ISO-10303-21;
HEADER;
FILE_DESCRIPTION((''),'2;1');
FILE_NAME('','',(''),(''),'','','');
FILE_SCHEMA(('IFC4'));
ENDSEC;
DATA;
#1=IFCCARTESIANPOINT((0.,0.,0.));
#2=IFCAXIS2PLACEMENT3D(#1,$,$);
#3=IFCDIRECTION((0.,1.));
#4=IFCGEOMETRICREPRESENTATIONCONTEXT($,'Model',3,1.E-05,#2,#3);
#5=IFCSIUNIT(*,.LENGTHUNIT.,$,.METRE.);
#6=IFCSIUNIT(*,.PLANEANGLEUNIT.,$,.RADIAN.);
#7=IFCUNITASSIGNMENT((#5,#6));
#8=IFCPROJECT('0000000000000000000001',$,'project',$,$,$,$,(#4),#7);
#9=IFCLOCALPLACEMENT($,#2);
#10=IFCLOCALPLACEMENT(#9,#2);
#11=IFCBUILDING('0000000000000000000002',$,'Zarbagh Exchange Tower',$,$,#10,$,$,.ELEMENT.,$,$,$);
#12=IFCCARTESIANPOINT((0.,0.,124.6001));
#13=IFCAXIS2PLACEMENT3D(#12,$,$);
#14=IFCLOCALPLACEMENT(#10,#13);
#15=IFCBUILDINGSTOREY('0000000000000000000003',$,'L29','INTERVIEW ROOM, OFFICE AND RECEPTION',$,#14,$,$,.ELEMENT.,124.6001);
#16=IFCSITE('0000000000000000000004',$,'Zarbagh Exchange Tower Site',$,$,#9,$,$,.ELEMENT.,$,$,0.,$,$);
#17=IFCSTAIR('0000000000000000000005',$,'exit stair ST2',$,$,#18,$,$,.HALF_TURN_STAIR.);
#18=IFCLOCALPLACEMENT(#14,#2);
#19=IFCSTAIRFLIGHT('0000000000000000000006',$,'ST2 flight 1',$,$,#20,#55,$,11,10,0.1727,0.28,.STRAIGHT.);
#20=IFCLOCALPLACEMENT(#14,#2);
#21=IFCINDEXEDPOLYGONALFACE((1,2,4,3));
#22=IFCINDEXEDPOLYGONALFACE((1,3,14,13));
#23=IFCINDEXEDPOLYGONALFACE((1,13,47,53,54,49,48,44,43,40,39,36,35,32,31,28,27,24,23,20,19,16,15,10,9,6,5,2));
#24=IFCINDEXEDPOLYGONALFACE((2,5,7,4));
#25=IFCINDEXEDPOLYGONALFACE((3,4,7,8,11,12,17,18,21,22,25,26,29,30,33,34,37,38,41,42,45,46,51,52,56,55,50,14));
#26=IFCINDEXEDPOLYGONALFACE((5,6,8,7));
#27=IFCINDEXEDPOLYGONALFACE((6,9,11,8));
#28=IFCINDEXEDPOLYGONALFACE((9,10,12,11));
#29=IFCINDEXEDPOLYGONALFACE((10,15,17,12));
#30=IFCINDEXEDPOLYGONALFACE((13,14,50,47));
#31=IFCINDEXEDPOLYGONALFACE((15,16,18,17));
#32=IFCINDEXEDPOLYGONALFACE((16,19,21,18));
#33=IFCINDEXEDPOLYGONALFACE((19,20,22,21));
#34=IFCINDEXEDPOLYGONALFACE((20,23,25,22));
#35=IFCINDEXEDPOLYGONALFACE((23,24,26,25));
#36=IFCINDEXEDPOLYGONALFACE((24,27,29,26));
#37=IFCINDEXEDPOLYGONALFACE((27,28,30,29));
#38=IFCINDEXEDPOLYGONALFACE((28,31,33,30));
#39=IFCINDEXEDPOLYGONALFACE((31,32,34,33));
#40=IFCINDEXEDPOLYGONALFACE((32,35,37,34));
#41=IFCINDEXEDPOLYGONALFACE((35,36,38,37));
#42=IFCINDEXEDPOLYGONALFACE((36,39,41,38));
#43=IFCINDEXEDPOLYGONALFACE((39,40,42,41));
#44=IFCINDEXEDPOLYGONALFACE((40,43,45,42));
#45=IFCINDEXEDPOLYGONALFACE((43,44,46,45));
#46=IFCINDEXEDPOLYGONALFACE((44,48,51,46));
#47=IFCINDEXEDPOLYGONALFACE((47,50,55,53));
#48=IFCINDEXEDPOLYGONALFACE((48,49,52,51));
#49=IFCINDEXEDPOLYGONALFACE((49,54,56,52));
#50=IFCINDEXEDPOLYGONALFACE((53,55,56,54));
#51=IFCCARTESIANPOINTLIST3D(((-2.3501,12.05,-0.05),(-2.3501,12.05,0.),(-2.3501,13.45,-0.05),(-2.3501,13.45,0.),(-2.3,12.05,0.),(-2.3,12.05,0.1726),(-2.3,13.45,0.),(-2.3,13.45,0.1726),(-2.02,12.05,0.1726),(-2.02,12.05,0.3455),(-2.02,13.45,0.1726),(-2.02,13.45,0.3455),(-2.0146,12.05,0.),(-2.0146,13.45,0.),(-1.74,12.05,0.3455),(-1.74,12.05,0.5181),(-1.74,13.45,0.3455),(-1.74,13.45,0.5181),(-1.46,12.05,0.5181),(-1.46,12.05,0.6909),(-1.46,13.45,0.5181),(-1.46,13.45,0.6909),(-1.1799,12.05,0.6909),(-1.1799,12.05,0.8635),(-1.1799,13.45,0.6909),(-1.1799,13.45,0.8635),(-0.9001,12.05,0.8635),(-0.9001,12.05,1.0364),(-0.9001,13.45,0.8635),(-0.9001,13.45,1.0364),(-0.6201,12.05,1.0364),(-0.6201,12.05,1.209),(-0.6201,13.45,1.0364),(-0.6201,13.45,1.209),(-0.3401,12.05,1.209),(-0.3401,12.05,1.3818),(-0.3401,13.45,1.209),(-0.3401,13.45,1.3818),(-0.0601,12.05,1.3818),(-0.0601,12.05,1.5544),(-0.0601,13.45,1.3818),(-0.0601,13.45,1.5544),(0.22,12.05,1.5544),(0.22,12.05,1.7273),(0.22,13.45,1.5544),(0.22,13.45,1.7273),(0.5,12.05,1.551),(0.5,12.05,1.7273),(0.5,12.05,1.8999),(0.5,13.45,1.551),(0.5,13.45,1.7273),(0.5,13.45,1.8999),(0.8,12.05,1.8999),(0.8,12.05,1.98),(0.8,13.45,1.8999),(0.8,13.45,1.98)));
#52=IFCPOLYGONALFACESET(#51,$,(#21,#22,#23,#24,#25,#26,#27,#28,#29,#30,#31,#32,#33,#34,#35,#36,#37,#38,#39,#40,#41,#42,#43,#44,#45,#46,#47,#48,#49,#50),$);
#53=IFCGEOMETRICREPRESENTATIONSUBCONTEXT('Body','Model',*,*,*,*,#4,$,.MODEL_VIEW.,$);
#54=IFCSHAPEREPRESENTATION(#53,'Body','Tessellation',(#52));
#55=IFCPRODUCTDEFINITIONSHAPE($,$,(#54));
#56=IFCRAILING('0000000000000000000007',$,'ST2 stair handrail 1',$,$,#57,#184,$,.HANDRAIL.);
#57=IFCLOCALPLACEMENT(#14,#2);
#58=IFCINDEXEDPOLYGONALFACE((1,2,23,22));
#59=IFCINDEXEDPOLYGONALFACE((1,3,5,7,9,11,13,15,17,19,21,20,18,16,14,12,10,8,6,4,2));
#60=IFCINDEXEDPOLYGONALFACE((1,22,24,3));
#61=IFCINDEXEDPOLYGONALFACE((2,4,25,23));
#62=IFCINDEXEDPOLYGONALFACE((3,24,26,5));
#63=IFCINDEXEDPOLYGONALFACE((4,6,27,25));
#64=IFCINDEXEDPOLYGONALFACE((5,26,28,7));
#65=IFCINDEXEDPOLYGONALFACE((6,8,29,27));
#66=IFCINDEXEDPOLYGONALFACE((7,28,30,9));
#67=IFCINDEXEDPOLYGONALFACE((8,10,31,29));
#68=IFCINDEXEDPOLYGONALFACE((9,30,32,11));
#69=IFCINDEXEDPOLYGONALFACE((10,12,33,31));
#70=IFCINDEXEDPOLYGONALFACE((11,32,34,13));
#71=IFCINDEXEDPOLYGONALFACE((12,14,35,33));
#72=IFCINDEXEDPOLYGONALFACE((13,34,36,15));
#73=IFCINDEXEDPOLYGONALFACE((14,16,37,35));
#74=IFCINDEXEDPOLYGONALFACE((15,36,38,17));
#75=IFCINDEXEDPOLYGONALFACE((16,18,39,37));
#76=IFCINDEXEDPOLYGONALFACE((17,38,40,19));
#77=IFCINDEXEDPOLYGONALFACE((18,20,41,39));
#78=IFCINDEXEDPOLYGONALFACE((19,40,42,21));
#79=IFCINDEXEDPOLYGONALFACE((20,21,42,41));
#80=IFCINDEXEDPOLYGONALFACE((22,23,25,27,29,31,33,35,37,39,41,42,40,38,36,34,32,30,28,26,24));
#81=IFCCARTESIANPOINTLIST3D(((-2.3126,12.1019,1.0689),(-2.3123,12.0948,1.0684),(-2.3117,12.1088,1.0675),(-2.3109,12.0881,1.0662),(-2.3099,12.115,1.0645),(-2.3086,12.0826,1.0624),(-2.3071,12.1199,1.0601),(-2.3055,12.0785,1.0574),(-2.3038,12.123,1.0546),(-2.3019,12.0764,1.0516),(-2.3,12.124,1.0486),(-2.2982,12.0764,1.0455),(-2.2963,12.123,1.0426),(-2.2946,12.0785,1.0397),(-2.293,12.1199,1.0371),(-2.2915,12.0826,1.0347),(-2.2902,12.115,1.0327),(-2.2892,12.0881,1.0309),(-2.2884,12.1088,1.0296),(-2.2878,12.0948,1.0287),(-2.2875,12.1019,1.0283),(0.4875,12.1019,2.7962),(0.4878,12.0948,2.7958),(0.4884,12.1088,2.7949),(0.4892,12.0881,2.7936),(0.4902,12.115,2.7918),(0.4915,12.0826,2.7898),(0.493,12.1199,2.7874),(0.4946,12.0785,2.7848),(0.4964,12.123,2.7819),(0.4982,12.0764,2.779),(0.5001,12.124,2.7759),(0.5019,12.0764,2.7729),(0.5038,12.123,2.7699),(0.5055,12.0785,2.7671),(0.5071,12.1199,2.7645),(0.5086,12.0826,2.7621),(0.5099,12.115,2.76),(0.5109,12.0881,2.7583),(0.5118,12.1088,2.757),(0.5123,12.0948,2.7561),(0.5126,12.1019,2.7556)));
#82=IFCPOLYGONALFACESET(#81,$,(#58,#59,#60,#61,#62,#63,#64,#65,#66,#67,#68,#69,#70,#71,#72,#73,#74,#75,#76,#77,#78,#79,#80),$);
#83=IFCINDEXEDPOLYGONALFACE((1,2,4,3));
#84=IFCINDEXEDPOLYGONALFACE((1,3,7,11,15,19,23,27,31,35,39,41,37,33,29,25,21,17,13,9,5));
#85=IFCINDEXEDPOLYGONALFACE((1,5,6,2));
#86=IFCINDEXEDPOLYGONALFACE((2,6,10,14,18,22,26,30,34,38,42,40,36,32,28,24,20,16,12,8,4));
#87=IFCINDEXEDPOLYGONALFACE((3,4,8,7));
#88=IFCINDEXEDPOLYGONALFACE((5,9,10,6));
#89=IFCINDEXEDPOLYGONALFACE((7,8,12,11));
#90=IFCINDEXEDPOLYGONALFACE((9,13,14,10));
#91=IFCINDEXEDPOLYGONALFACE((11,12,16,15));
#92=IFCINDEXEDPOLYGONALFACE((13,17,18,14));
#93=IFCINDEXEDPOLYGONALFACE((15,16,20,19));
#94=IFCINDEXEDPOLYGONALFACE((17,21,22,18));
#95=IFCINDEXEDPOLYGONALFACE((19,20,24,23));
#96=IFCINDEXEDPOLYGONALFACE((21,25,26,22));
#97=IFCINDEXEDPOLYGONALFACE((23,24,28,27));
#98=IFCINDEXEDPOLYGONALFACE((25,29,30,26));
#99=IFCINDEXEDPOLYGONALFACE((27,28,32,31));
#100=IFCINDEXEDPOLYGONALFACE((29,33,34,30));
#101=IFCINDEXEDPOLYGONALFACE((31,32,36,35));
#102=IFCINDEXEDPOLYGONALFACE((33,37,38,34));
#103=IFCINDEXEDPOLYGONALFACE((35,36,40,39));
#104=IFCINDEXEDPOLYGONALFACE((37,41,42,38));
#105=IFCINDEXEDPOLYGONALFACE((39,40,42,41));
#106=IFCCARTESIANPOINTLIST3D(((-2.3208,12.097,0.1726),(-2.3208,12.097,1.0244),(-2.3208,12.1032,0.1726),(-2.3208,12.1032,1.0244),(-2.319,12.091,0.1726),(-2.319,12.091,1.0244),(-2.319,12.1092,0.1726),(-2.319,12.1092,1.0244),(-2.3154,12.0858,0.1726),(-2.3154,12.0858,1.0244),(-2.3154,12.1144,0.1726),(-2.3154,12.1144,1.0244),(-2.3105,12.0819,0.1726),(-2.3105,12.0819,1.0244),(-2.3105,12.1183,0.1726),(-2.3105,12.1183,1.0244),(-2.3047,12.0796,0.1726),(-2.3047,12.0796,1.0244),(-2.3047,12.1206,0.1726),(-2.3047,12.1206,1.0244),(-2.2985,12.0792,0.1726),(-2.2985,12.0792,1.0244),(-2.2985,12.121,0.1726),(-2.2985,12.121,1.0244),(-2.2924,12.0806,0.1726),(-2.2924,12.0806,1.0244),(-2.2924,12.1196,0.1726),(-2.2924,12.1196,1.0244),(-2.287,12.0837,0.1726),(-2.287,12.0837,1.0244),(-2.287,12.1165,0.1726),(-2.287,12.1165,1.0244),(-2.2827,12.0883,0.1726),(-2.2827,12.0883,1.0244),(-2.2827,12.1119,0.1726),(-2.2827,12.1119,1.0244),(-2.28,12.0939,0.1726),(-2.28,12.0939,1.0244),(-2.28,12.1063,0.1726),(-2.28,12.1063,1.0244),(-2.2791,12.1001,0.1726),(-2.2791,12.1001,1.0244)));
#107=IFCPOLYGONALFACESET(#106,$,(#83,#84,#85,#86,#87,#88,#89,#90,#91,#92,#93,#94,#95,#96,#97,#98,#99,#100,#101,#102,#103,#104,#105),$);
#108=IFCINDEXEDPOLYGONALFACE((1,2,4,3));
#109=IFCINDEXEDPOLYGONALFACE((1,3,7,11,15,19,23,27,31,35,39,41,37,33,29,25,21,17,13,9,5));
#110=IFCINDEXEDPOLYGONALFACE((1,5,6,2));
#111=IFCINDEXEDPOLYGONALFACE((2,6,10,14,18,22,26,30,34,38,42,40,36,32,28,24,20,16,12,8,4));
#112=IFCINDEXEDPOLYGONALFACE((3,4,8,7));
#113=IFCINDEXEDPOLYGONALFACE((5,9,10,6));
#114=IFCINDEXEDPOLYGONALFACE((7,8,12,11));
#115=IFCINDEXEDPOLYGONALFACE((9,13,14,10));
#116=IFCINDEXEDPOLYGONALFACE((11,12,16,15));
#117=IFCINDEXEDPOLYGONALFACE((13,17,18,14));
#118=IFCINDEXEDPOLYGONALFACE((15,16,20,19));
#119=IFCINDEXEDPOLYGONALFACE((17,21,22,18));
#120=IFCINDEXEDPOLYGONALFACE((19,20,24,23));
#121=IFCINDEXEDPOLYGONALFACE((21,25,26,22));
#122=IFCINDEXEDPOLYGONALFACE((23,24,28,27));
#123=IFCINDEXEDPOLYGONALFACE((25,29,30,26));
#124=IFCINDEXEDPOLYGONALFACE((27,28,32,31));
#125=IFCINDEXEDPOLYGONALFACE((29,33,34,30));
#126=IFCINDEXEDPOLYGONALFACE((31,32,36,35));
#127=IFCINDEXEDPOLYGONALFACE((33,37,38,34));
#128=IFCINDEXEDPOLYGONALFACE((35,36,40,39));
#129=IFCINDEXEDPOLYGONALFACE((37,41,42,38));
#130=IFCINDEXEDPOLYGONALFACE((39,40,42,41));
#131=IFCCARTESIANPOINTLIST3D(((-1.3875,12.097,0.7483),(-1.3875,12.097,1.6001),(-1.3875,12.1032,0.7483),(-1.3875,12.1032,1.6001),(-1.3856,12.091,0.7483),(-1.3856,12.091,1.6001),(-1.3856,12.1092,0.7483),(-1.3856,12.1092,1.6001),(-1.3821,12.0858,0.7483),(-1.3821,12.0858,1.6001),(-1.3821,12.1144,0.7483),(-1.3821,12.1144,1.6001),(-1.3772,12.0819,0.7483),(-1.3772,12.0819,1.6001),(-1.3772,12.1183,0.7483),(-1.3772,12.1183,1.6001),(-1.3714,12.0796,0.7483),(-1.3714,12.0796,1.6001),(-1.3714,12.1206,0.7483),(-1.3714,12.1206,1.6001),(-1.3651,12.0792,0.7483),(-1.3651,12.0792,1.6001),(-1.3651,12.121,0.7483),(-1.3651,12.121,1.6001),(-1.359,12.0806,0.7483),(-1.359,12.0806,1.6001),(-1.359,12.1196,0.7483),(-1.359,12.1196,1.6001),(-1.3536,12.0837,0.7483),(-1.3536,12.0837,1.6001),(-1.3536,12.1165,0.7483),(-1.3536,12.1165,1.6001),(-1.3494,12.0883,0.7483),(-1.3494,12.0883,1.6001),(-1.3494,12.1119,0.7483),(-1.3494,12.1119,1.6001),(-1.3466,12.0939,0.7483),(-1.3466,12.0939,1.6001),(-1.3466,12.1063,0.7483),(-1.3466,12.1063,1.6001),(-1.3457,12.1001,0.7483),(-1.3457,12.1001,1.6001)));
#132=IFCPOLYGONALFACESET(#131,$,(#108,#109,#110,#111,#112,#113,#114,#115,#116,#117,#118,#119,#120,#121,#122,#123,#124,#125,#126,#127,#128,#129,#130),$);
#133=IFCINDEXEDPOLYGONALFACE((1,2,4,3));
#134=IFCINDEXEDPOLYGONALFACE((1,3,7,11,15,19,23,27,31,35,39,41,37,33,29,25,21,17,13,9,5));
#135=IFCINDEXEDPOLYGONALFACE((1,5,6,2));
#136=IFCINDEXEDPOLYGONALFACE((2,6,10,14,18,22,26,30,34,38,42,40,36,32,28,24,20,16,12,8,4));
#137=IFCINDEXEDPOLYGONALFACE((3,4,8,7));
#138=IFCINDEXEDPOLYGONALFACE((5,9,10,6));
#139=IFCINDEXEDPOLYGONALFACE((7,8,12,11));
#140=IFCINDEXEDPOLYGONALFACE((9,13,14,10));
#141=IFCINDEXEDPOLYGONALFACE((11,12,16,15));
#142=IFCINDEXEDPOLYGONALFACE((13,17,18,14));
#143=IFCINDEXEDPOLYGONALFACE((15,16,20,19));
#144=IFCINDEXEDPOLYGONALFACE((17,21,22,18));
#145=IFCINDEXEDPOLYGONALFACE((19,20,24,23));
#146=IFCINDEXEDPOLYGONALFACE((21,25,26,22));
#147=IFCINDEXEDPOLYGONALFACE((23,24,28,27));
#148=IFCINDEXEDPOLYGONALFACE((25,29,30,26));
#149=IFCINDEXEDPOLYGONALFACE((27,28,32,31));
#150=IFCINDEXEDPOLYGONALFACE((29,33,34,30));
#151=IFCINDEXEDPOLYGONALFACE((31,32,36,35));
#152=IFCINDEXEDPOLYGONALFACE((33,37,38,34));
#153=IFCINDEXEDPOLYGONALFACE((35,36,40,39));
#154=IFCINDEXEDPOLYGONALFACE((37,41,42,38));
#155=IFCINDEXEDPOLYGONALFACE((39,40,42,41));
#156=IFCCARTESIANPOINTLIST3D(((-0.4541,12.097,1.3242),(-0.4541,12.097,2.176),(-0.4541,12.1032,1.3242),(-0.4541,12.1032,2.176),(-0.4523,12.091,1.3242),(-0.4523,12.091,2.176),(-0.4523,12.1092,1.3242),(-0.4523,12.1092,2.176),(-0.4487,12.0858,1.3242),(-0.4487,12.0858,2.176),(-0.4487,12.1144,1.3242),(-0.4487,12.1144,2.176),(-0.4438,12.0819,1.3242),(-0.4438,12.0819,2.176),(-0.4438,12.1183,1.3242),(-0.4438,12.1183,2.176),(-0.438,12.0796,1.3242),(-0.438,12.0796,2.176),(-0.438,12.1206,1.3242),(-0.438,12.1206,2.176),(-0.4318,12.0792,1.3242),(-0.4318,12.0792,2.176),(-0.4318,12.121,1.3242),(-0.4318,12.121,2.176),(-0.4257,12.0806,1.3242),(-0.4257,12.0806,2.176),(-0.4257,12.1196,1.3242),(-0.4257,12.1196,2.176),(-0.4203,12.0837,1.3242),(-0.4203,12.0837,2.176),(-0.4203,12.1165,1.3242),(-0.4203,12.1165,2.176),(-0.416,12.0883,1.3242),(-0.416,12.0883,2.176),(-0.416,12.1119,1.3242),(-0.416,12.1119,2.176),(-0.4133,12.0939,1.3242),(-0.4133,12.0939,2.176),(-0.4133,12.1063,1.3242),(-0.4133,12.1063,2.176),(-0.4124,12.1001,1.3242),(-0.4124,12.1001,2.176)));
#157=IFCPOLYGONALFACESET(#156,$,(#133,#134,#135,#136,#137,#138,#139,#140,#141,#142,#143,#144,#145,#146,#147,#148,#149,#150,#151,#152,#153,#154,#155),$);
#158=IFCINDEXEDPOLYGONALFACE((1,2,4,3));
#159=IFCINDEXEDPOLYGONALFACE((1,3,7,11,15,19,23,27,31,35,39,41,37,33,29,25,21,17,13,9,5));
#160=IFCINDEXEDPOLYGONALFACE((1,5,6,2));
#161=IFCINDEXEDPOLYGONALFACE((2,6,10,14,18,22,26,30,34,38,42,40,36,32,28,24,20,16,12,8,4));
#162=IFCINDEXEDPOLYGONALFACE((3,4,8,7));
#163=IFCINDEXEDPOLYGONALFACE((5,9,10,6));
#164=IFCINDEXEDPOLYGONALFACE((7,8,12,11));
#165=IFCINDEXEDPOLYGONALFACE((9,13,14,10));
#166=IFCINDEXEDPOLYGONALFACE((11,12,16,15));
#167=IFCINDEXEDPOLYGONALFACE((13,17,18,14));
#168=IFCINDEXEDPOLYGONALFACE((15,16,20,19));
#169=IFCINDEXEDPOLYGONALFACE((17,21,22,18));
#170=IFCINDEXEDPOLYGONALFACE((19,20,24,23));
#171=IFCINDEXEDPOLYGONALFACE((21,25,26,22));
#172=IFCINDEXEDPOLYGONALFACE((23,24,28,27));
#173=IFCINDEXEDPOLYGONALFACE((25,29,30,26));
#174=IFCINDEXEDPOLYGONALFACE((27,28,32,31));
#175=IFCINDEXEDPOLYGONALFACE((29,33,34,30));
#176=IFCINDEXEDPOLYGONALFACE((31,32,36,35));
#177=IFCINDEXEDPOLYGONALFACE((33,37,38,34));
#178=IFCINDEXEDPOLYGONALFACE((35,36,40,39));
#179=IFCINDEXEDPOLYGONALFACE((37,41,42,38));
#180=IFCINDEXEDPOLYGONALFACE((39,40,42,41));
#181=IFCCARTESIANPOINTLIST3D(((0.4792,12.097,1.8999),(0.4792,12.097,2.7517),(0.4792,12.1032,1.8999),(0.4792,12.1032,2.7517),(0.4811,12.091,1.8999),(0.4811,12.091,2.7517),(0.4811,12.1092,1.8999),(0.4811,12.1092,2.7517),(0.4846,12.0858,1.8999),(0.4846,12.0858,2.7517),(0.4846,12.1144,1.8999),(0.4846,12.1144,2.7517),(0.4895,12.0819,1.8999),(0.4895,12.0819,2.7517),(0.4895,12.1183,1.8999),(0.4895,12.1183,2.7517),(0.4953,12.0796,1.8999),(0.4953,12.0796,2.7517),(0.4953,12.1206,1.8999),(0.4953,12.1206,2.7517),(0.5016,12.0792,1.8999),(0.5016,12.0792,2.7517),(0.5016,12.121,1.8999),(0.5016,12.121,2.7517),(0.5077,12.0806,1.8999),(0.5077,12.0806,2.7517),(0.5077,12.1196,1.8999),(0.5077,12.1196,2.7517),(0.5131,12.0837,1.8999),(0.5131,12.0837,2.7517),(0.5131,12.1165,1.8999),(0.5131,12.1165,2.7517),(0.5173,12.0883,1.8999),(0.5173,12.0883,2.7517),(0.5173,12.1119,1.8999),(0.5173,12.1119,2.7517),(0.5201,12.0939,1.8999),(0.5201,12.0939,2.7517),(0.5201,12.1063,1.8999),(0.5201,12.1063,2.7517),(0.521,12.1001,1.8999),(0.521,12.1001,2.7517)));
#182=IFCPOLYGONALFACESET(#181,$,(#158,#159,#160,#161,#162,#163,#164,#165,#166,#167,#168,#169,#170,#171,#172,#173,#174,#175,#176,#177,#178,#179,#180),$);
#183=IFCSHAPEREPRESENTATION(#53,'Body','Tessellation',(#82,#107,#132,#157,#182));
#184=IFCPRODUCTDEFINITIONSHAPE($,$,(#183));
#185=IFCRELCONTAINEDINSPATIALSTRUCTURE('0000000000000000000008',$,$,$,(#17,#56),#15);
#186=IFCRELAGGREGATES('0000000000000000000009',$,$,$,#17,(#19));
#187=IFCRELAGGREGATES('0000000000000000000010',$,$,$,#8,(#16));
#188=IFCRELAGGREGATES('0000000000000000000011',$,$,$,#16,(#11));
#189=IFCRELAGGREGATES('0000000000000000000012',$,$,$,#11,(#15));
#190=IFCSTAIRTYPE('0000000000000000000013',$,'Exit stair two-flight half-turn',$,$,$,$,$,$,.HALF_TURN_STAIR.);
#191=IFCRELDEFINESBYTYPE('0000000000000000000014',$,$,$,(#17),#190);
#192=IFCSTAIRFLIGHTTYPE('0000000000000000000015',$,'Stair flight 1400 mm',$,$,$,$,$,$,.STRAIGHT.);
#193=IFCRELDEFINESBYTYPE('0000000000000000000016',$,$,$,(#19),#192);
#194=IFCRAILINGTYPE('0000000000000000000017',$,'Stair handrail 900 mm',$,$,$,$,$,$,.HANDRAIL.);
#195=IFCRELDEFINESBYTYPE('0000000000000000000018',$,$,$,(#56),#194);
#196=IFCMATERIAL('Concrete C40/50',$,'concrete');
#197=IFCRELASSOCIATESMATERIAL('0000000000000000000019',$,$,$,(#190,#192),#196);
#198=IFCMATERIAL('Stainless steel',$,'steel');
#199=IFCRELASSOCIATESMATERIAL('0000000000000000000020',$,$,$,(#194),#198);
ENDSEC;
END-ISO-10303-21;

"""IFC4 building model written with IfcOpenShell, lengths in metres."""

from ifc_helpers import new_model, si_unit, direction, frame, origin, origin_2d, place, context, subcontext, project, spatial, polyline, circle, outline, extrude, material, type_object, element, aggregate, save


model = new_model("IFC4")

# Units and contexts
model_context = context("Model", 3, precision=1e-05, world=origin(), true_north=direction((0.0, 1.0)))
body_context = subcontext(model_context, "Body", "Model", "MODEL_VIEW")
ifc_project = project(units=[si_unit("LENGTHUNIT", "METRE"), si_unit("PLANEANGLEUNIT", "RADIAN")], contexts=[model_context])

# Site, building, storey
site_placement = place(None, origin())
site = spatial("IfcSite", under=ifc_project, at=site_placement, Name="Zarbagh Exchange Tower Site", CompositionType="ELEMENT", RefElevation=0.0)
building_placement = place(site_placement, origin())
building = spatial("IfcBuilding", under=site, at=building_placement, Name="Zarbagh Exchange Tower", CompositionType="ELEMENT")
storey_placement = place(building_placement, frame((0.0, 0.0, 124.6001)))
storey = spatial("IfcBuildingStorey", under=building, at=storey_placement, Name="L29", Description="INTERVIEW ROOM, OFFICE AND RECEPTION", CompositionType="ELEMENT", Elevation=124.6001)

# Shared definitions
ifc_material_1 = material(Name="Concrete C40/50", Category="concrete")

# Stair, stair flight
stair_type = type_object("IfcStairType", Name="Exit stair two-flight half-turn", PredefinedType="HALF_TURN_STAIR", material=ifc_material_1)
stair_placement = place(storey_placement, origin())
stair = element("IfcStair", 1, at=stair_placement, inside=storey, type_object=stair_type, Name="exit stair ST2", PredefinedType="HALF_TURN_STAIR")
stair_flight_type = type_object("IfcStairFlightType", Name="Stair flight 1400 mm", PredefinedType="STRAIGHT", material=ifc_material_1)
stair_flight_placement = place(storey_placement, frame((-2.3, 12.75, 0.0), z_axis=(0.0, 0.0, 1.0), x_axis=(1.0, 0.0, 0.0)))
stair_flight = element("IfcStairFlight", 2, at=stair_flight_placement, type_object=stair_flight_type, Name="ST2 flight 1", NumberOfRisers=11, NumberOfTreads=10, PredefinedType="STRAIGHT", RiserHeight=0.1727, TreadLength=0.28, context=body_context, shape_type="SweptSolid", body=[
    extrude(outline(polyline([(-0.05, -0.05), (-0.05, 0.0), (0.0, 0.0), (0.0, 0.1726), (0.28, 0.1726), (0.28, 0.3455), (0.5601, 0.3455), (0.5601, 0.5181), (0.8401, 0.5181), (0.8401, 0.6909), (1.1201, 0.6909), (1.1201, 0.8635), (1.3999, 0.8635), (1.3999, 1.0364), (1.6799, 1.0364), (1.6799, 1.209), (1.96, 1.209), (1.96, 1.3818), (2.24, 1.3818), (2.24, 1.5544), (2.52, 1.5544), (2.52, 1.7273), (2.8, 1.7273), (2.8, 1.8999), (3.1001, 1.98), (3.1001, 1.8999), (2.8, 1.551), (0.2854, 0.0), (-0.05, -0.05)])), frame((0.0, 0.7, 0.0), z_axis=(0.0, -1.0, 0.0), x_axis=(1.0, 0.0, 0.0)), (0.0, 0.0, 1.0), 1.3999),
])
aggregate(stair, [stair_flight])

# Railing
ifc_material_2 = material(Name="Stainless steel", Category="steel")
railing_type_1 = type_object("IfcRailingType", Name="Stair handrail 900 mm", PredefinedType="HANDRAIL", material=ifc_material_2)
railing_1_placement = place(storey_placement, frame((-2.3, 12.1001, 0.1726)))
element("IfcRailing", 3, at=railing_1_placement, inside=storey, type_object=railing_type_1, Name="ST2 stair handrail 1", PredefinedType="HANDRAIL", context=body_context, shape_type="SweptSolid", body=[
    extrude(circle(Radius=0.0239, at=origin_2d()), frame((0.0, 0.0, 0.876), z_axis=(0.85109, 0.0, 0.52502), x_axis=(0.0, 1.0, 0.0)), (0.0, 0.0, 1.0), 3.29),
    extrude(circle(Radius=0.021, at=origin_2d()), origin(), (0.0, 0.0, 1.0), 0.8518),
    extrude(circle(Radius=0.021, at=origin_2d()), frame((0.9333, 0.0, 0.5757)), (0.0, 0.0, 1.0), 0.8518),
    extrude(circle(Radius=0.021, at=origin_2d()), frame((1.8667, 0.0, 1.1516)), (0.0, 0.0, 1.0), 0.8518),
    extrude(circle(Radius=0.021, at=origin_2d()), frame((2.8, 0.0, 1.7273)), (0.0, 0.0, 1.0), 0.8518),
])

save(model, "model.ifc")
